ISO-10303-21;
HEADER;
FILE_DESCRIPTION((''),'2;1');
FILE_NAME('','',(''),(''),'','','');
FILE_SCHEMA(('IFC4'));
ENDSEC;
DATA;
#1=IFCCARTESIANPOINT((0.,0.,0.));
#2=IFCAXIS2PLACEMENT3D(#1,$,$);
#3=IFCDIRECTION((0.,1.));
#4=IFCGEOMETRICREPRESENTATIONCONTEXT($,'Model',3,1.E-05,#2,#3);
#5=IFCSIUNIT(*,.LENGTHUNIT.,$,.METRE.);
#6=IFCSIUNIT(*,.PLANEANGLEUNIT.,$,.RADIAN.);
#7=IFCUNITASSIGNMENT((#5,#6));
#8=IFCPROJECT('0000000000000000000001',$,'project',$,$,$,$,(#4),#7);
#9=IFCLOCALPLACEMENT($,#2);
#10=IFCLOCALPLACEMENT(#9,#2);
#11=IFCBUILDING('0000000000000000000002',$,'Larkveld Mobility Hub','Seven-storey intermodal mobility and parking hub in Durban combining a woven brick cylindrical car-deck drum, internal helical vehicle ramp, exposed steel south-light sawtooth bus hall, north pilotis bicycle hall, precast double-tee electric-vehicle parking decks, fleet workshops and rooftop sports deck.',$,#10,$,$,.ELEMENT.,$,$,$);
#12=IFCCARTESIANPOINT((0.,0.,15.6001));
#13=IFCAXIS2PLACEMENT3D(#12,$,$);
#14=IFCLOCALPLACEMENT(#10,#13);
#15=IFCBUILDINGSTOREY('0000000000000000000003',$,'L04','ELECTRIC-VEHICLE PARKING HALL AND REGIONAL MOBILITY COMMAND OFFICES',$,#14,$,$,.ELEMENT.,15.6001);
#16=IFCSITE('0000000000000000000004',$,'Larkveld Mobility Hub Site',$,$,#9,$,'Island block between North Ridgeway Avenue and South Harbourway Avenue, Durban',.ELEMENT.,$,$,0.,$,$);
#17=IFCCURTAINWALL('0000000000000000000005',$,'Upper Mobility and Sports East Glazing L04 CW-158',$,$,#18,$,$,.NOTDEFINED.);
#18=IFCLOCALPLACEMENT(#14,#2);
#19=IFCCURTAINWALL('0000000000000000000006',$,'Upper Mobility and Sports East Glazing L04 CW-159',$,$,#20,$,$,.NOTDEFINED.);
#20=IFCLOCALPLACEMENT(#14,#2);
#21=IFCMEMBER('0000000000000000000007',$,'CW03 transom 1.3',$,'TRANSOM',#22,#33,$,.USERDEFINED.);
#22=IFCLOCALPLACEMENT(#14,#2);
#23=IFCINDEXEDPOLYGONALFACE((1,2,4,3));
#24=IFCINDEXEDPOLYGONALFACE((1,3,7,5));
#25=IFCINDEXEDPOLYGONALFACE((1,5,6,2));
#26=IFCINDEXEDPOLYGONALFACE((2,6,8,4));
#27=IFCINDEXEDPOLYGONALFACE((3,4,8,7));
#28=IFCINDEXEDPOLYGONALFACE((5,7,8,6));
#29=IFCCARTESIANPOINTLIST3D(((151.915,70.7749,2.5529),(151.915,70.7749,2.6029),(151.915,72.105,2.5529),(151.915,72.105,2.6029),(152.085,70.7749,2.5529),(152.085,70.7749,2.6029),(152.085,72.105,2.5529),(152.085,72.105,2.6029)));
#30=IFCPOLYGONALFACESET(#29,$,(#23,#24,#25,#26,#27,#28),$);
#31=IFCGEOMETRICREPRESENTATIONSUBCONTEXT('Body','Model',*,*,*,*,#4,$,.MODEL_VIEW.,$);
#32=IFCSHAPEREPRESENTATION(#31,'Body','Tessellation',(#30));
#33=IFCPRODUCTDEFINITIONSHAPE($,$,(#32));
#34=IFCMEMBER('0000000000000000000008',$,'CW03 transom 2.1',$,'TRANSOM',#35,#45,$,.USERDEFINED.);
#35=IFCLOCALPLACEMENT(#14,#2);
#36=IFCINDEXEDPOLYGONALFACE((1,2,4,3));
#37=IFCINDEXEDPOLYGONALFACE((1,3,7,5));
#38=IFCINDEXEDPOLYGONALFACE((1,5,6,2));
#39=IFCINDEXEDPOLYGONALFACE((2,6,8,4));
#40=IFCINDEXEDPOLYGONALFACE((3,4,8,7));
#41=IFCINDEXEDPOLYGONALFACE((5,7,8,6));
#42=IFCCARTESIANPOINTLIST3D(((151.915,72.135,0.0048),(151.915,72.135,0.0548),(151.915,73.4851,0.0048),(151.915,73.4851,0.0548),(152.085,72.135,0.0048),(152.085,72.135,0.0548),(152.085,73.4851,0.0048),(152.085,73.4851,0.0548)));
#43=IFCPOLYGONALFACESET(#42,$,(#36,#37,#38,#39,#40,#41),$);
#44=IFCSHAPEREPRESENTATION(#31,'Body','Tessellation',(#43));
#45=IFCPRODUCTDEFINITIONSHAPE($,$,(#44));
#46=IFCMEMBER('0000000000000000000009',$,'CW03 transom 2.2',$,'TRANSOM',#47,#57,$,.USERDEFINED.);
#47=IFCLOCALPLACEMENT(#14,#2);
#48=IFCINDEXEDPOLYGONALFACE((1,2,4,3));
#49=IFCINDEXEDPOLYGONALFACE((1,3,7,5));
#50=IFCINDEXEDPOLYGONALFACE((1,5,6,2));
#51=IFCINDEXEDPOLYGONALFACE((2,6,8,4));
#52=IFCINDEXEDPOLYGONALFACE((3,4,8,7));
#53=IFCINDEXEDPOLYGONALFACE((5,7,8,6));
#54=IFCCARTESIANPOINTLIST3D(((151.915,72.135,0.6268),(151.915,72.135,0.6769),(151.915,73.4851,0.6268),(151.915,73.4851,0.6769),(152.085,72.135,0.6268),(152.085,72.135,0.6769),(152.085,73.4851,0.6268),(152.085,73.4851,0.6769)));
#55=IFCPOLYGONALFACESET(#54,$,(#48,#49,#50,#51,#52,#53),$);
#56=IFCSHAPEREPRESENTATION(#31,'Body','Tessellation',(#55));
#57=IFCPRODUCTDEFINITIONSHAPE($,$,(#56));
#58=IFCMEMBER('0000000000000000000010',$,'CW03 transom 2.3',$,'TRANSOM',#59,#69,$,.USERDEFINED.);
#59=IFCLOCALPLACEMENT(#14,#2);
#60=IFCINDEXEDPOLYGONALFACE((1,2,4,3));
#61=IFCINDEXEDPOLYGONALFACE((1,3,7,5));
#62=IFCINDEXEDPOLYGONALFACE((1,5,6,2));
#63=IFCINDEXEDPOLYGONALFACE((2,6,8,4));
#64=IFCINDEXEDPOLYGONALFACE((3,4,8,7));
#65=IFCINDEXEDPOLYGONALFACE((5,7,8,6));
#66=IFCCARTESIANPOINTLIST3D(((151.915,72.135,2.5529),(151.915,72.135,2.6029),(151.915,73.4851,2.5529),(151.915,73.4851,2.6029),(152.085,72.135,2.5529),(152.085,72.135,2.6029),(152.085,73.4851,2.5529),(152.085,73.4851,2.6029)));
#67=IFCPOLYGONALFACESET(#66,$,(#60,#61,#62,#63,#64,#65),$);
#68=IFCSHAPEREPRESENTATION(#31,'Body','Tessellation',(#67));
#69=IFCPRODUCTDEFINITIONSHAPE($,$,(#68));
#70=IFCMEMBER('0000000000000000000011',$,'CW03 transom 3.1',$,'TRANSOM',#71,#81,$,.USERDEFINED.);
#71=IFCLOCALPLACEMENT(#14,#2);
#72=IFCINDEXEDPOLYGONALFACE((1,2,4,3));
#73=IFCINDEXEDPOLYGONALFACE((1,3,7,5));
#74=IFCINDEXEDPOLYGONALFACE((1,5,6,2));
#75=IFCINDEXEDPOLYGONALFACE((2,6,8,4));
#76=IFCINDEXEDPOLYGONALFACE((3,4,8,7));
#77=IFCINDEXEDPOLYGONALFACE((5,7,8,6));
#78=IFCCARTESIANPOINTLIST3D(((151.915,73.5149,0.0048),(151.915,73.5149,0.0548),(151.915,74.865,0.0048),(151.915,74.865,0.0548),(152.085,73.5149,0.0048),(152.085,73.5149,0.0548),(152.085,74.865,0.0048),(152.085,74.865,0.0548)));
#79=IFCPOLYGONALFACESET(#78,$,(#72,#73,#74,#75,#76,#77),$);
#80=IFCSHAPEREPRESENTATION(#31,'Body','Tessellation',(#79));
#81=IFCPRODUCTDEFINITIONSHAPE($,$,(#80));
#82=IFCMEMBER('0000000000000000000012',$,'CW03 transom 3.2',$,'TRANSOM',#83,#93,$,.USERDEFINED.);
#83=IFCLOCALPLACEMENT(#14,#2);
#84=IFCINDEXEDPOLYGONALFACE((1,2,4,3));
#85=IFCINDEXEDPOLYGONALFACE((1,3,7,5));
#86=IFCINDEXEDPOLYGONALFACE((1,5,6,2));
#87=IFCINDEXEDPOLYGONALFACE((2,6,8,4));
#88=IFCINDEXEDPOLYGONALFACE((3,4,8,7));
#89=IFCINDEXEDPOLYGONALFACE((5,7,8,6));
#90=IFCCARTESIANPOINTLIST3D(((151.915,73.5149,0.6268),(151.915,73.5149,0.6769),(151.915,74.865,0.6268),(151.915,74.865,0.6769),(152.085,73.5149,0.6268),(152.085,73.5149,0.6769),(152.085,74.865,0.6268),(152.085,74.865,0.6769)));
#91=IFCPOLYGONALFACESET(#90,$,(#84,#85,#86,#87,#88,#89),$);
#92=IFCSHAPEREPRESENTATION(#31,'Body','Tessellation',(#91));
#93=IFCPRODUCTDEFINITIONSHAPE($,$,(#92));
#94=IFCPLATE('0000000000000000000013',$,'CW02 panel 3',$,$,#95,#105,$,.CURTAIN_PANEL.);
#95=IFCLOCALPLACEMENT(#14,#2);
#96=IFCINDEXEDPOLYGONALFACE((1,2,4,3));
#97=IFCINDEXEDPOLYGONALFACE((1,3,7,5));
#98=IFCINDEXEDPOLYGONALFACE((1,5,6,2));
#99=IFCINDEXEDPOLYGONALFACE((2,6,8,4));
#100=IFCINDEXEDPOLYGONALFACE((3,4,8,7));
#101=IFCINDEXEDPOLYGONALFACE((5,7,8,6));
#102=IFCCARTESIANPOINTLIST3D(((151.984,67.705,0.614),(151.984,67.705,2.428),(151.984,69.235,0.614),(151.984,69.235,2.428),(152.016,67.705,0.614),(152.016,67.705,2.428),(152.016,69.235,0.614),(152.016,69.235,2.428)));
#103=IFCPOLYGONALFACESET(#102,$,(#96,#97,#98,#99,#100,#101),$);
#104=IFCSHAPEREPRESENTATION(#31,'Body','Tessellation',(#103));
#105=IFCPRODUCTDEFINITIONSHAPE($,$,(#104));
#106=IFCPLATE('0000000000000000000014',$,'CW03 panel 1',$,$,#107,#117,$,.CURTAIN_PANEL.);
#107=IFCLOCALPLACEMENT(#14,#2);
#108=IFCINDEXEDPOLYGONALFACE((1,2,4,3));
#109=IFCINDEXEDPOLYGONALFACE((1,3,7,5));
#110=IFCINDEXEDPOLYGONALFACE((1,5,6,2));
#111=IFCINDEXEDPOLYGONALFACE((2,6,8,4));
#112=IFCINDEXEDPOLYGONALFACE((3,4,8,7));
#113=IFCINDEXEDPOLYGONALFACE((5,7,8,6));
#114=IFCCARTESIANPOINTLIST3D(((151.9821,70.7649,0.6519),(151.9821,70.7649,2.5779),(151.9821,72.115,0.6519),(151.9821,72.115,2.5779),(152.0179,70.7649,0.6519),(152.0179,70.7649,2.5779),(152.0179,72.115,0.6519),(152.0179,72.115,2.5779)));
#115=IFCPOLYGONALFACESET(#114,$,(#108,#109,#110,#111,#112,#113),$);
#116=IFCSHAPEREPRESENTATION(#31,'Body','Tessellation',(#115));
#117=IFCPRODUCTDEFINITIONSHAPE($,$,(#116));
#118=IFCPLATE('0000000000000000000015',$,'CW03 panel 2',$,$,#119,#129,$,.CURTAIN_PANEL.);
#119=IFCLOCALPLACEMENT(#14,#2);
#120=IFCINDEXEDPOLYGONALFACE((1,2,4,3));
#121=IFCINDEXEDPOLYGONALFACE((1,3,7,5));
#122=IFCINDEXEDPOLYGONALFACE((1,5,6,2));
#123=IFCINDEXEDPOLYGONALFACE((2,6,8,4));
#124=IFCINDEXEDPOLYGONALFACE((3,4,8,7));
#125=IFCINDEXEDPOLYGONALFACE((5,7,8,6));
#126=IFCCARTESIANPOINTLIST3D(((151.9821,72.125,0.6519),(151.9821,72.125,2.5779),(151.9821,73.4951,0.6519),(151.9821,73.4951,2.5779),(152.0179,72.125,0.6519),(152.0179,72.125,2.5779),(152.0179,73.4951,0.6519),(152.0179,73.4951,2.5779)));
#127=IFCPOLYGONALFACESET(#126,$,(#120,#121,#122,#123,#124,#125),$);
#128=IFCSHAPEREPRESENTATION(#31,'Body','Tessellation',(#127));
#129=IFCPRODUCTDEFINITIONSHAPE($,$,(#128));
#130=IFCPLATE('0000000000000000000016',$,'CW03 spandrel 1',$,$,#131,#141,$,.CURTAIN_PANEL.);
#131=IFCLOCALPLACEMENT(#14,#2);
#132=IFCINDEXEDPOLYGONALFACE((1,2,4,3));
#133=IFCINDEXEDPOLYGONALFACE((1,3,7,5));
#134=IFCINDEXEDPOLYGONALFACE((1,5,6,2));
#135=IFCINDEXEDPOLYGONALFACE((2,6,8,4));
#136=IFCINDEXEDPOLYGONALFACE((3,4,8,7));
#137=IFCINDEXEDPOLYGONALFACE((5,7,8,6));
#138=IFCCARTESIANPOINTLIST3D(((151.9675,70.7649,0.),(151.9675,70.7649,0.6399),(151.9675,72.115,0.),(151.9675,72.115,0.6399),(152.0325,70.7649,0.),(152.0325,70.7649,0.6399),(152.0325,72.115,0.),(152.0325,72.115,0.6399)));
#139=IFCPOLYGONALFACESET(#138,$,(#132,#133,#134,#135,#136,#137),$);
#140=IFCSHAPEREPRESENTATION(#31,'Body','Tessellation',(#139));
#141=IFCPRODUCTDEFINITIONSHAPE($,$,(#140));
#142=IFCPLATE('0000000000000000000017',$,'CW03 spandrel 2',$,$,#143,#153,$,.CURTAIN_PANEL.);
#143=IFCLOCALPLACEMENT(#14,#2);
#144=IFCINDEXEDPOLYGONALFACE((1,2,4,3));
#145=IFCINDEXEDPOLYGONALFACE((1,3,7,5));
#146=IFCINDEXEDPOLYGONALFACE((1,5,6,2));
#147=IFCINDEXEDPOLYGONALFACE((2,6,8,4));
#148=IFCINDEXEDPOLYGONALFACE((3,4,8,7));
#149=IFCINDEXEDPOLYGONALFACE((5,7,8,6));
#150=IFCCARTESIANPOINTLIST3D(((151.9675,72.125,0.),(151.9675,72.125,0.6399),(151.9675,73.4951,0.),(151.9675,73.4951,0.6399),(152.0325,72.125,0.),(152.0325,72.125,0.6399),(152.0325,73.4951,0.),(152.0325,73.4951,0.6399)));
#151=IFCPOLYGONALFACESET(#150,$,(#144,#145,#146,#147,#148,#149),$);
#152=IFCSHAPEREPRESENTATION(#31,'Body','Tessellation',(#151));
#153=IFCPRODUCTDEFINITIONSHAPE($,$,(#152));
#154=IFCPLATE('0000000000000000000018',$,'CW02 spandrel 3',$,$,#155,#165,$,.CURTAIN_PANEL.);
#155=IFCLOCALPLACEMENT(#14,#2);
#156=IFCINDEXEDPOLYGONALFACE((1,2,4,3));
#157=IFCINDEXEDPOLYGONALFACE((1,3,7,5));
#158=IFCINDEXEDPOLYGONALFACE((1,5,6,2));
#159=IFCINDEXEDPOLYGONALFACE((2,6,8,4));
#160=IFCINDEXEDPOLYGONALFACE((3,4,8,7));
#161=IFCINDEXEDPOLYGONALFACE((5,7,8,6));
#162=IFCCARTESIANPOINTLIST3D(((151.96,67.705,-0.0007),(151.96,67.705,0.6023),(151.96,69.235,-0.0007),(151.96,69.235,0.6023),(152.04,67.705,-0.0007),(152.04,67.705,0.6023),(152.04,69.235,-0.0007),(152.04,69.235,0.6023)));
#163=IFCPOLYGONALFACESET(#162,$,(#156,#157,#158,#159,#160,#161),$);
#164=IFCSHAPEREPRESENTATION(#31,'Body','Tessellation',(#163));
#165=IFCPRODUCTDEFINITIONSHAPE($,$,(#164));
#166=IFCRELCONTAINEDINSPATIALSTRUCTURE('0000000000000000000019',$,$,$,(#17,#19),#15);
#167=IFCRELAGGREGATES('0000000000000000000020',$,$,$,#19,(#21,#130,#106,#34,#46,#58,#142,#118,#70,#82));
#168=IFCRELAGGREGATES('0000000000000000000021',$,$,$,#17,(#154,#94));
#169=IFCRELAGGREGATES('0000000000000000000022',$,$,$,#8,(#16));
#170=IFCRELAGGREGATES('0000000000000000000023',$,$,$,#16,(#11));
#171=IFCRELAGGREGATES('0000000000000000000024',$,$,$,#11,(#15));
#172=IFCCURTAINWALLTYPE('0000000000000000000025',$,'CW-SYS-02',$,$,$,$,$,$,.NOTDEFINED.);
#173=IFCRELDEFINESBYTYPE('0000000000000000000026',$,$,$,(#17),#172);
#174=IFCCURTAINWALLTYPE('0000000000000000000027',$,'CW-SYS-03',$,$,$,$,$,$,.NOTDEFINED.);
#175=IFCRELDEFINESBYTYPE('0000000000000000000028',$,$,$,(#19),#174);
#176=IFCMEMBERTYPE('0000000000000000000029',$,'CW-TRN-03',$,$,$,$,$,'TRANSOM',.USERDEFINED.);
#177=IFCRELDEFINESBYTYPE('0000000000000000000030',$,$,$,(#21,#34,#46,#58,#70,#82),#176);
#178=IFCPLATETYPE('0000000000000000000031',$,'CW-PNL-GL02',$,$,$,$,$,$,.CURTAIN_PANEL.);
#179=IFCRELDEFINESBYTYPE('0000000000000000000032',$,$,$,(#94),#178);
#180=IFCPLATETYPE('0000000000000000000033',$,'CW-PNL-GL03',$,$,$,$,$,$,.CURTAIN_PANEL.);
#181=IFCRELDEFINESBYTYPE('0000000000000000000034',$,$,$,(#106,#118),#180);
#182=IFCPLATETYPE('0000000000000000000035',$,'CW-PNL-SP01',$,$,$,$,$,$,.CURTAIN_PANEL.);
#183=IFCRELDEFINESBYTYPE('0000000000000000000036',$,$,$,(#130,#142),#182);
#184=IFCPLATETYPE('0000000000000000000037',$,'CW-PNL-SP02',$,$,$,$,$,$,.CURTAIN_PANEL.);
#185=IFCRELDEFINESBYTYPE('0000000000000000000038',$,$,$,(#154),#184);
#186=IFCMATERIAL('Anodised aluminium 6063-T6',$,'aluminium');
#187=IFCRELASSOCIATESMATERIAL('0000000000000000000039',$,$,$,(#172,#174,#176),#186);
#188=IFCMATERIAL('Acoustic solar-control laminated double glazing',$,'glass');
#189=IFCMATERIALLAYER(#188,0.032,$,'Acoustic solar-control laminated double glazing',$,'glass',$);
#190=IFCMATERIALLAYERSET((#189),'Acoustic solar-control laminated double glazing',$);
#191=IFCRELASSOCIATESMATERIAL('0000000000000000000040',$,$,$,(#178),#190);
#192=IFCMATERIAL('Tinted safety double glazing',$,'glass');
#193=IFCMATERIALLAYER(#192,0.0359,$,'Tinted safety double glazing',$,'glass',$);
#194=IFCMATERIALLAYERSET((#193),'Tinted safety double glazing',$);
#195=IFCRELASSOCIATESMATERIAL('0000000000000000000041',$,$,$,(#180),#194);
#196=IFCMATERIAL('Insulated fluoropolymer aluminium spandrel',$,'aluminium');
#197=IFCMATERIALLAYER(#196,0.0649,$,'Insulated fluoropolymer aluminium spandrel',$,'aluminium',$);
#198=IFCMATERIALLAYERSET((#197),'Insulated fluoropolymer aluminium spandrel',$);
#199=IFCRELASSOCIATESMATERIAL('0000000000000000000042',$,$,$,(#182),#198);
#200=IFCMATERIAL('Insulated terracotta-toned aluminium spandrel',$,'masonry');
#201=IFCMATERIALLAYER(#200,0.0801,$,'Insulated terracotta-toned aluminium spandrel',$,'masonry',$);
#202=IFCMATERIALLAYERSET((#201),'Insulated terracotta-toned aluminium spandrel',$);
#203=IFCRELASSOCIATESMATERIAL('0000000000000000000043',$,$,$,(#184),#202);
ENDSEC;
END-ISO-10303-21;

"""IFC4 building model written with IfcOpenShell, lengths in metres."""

from ifc_helpers import new_model, si_unit, direction, frame, origin, origin_2d, place, context, subcontext, project, spatial, rectangle, extrude, material, layer, layer_set, material_profile, profile_set, type_object, element, aggregate, save


model = new_model("IFC4")

# Units and contexts
model_context = context("Model", 3, precision=1e-05, world=origin(), true_north=direction((0.0, 1.0)))
body_context = subcontext(model_context, "Body", "Model", "MODEL_VIEW")
ifc_project = project(units=[si_unit("LENGTHUNIT", "METRE"), si_unit("PLANEANGLEUNIT", "RADIAN")], contexts=[model_context])

# Site, building, storey
site_placement = place(None, origin())
site = spatial("IfcSite", under=ifc_project, at=site_placement, Name="Larkveld Mobility Hub Site", LongName="Island block between North Ridgeway Avenue and South Harbourway Avenue, Durban", CompositionType="ELEMENT", RefElevation=0.0)
building_placement = place(site_placement, origin())
building = spatial("IfcBuilding", under=site, at=building_placement, Name="Larkveld Mobility Hub", Description="Seven-storey intermodal mobility and parking hub in Durban combining a woven brick cylindrical car-deck drum, internal helical vehicle ramp, exposed steel south-light sawtooth bus hall, north pilotis bicycle hall, precast double-tee electric-vehicle parking decks, fleet workshops and rooftop sports deck.", CompositionType="ELEMENT")
storey_placement = place(building_placement, frame((0.0, 0.0, 15.6001)))
storey = spatial("IfcBuildingStorey", under=building, at=storey_placement, Name="L04", Description="ELECTRIC-VEHICLE PARKING HALL AND REGIONAL MOBILITY COMMAND OFFICES", CompositionType="ELEMENT", Elevation=15.6001)

# Curtain wall
ifc_material_1 = material(Name="Anodised aluminium 6063-T6", Category="aluminium")
curtain_wall_type_1 = type_object("IfcCurtainWallType", Name="CW-SYS-02", PredefinedType="NOTDEFINED", material=ifc_material_1)
curtain_wall_1_placement = place(storey_placement, origin())
curtain_wall_1 = element("IfcCurtainWall", 1, at=curtain_wall_1_placement, inside=storey, type_object=curtain_wall_type_1, Name="Upper Mobility and Sports East Glazing L04 CW-158", PredefinedType="NOTDEFINED")

# Curtain wall
curtain_wall_type_2 = type_object("IfcCurtainWallType", Name="CW-SYS-03", PredefinedType="NOTDEFINED", material=ifc_material_1)
curtain_wall_2_placement = place(storey_placement, origin())
curtain_wall_2 = element("IfcCurtainWall", 2, at=curtain_wall_2_placement, inside=storey, type_object=curtain_wall_type_2, Name="Upper Mobility and Sports East Glazing L04 CW-159", PredefinedType="NOTDEFINED")

# Members
ifc_material_profile_1 = material_profile(ifc_material_1, rectangle(XDim=0.1699, YDim=0.05, at=origin_2d()), Name="ALU TRAN 50x170")
ifc_profile_set_1 = profile_set([ifc_material_profile_1], Name="Anodised aluminium 6063-T6")
member_type_1 = type_object("IfcMemberType", Name="CW-TRN-03", ElementType="TRANSOM", PredefinedType="USERDEFINED", material=ifc_profile_set_1)
member_1_placement = place(storey_placement, frame((152.0, 70.7749, 2.5779), z_axis=(0.0, 1.0, 0.0), x_axis=(-1.0, 0.0, 0.0)))
member_1 = element("IfcMember", 3, at=member_1_placement, type_object=member_type_1, Name="CW03 transom 1.3", ObjectType="TRANSOM", PredefinedType="USERDEFINED", context=body_context, shape_type="SweptSolid", body=[
    extrude(rectangle(XDim=0.1699, YDim=0.05, at=origin_2d()), origin(), (0.0, 0.0, 1.0), 1.3301),
])
member_2_placement = place(storey_placement, frame((152.0, 72.135, 0.0298), z_axis=(0.0, 1.0, 0.0), x_axis=(-1.0, 0.0, 0.0)))
member_2 = element("IfcMember", 4, at=member_2_placement, type_object=member_type_1, Name="CW03 transom 2.1", ObjectType="TRANSOM", PredefinedType="USERDEFINED", context=body_context, shape_type="SweptSolid", body=[
    extrude(rectangle(XDim=0.1699, YDim=0.05, at=origin_2d()), origin(), (0.0, 0.0, 1.0), 1.3501),
])
member_3_placement = place(storey_placement, frame((152.0, 72.135, 0.6519), z_axis=(0.0, 1.0, 0.0), x_axis=(-1.0, 0.0, 0.0)))
member_3 = element("IfcMember", 5, at=member_3_placement, type_object=member_type_1, Name="CW03 transom 2.2", ObjectType="TRANSOM", PredefinedType="USERDEFINED", context=body_context, shape_type="SweptSolid", body=[
    extrude(rectangle(XDim=0.1699, YDim=0.05, at=origin_2d()), origin(), (0.0, 0.0, 1.0), 1.3501),
])
member_4_placement = place(storey_placement, frame((152.0, 72.135, 2.5779), z_axis=(0.0, 1.0, 0.0), x_axis=(-1.0, 0.0, 0.0)))
member_4 = element("IfcMember", 6, at=member_4_placement, type_object=member_type_1, Name="CW03 transom 2.3", ObjectType="TRANSOM", PredefinedType="USERDEFINED", context=body_context, shape_type="SweptSolid", body=[
    extrude(rectangle(XDim=0.1699, YDim=0.05, at=origin_2d()), origin(), (0.0, 0.0, 1.0), 1.3501),
])
member_5_placement = place(storey_placement, frame((152.0, 73.5149, 0.0298), z_axis=(0.0, 1.0, 0.0), x_axis=(-1.0, 0.0, 0.0)))
member_5 = element("IfcMember", 7, at=member_5_placement, type_object=member_type_1, Name="CW03 transom 3.1", ObjectType="TRANSOM", PredefinedType="USERDEFINED", context=body_context, shape_type="SweptSolid", body=[
    extrude(rectangle(XDim=0.1699, YDim=0.05, at=origin_2d()), origin(), (0.0, 0.0, 1.0), 1.3501),
])
member_6_placement = place(storey_placement, frame((152.0, 73.5149, 0.6519), z_axis=(0.0, 1.0, 0.0), x_axis=(-1.0, 0.0, 0.0)))
member_6 = element("IfcMember", 8, at=member_6_placement, type_object=member_type_1, Name="CW03 transom 3.2", ObjectType="TRANSOM", PredefinedType="USERDEFINED", context=body_context, shape_type="SweptSolid", body=[
    extrude(rectangle(XDim=0.1699, YDim=0.05, at=origin_2d()), origin(), (0.0, 0.0, 1.0), 1.3501),
])

# Plates
ifc_material_2 = material(Name="Acoustic solar-control laminated double glazing", Category="glass")
ifc_layer_1 = layer(ifc_material_2, 0.032, Name="Acoustic solar-control laminated double glazing", Category="glass")
ifc_layer_set_1 = layer_set([ifc_layer_1], Name="Acoustic solar-control laminated double glazing")
plate_type_1 = type_object("IfcPlateType", Name="CW-PNL-GL02", PredefinedType="CURTAIN_PANEL", material=ifc_layer_set_1)
plate_1_placement = place(storey_placement, frame((152.0, 68.47, 0.614), z_axis=(0.0, 0.0, 1.0), x_axis=(0.0, 1.0, 0.0)))
plate_1 = element("IfcPlate", 9, at=plate_1_placement, type_object=plate_type_1, Name="CW02 panel 3", PredefinedType="CURTAIN_PANEL", context=body_context, shape_type="SweptSolid", body=[
    extrude(rectangle(XDim=1.53, YDim=0.032, at=origin_2d()), origin(), (0.0, 0.0, 1.0), 1.814),
])
ifc_material_3 = material(Name="Tinted safety double glazing", Category="glass")
ifc_layer_2 = layer(ifc_material_3, 0.0359, Name="Tinted safety double glazing", Category="glass")
ifc_layer_set_2 = layer_set([ifc_layer_2], Name="Tinted safety double glazing")
plate_type_2 = type_object("IfcPlateType", Name="CW-PNL-GL03", PredefinedType="CURTAIN_PANEL", material=ifc_layer_set_2)
plate_2_placement = place(storey_placement, frame((152.0, 71.4399, 0.6519), z_axis=(0.0, 0.0, 1.0), x_axis=(0.0, 1.0, 0.0)))
plate_2 = element("IfcPlate", 10, at=plate_2_placement, type_object=plate_type_2, Name="CW03 panel 1", PredefinedType="CURTAIN_PANEL", context=body_context, shape_type="SweptSolid", body=[
    extrude(rectangle(XDim=1.3501, YDim=0.0359, at=origin_2d()), origin(), (0.0, 0.0, 1.0), 1.926),
])
plate_3_placement = place(storey_placement, frame((152.0, 72.8101, 0.6519), z_axis=(0.0, 0.0, 1.0), x_axis=(0.0, 1.0, 0.0)))
plate_3 = element("IfcPlate", 11, at=plate_3_placement, type_object=plate_type_2, Name="CW03 panel 2", PredefinedType="CURTAIN_PANEL", context=body_context, shape_type="SweptSolid", body=[
    extrude(rectangle(XDim=1.3701, YDim=0.0359, at=origin_2d()), origin(), (0.0, 0.0, 1.0), 1.926),
])
ifc_material_4 = material(Name="Insulated fluoropolymer aluminium spandrel", Category="aluminium")
ifc_layer_3 = layer(ifc_material_4, 0.0649, Name="Insulated fluoropolymer aluminium spandrel", Category="aluminium")
ifc_layer_set_3 = layer_set([ifc_layer_3], Name="Insulated fluoropolymer aluminium spandrel")
plate_type_3 = type_object("IfcPlateType", Name="CW-PNL-SP01", PredefinedType="CURTAIN_PANEL", material=ifc_layer_set_3)
plate_4_placement = place(storey_placement, frame((152.0, 71.4399, 0.0), z_axis=(0.0, 0.0, 1.0), x_axis=(0.0, 1.0, 0.0)))
plate_4 = element("IfcPlate", 12, at=plate_4_placement, type_object=plate_type_3, Name="CW03 spandrel 1", PredefinedType="CURTAIN_PANEL", context=body_context, shape_type="SweptSolid", body=[
    extrude(rectangle(XDim=1.3501, YDim=0.0649, at=origin_2d()), origin(), (0.0, 0.0, 1.0), 0.6399),
])
plate_5_placement = place(storey_placement, frame((152.0, 72.8101, 0.0), z_axis=(0.0, 0.0, 1.0), x_axis=(0.0, 1.0, 0.0)))
plate_5 = element("IfcPlate", 13, at=plate_5_placement, type_object=plate_type_3, Name="CW03 spandrel 2", PredefinedType="CURTAIN_PANEL", context=body_context, shape_type="SweptSolid", body=[
    extrude(rectangle(XDim=1.3701, YDim=0.0649, at=origin_2d()), origin(), (0.0, 0.0, 1.0), 0.6399),
])
aggregate(curtain_wall_2, [member_1, plate_4, plate_2, member_2, member_3, member_4, plate_5, plate_3, member_5, member_6])
ifc_material_5 = material(Name="Insulated terracotta-toned aluminium spandrel", Category="masonry")
ifc_layer_4 = layer(ifc_material_5, 0.0801, Name="Insulated terracotta-toned aluminium spandrel", Category="masonry")
ifc_layer_set_4 = layer_set([ifc_layer_4], Name="Insulated terracotta-toned aluminium spandrel")
plate_type_4 = type_object("IfcPlateType", Name="CW-PNL-SP02", PredefinedType="CURTAIN_PANEL", material=ifc_layer_set_4)
plate_6_placement = place(storey_placement, frame((152.0, 68.47, -0.0007), z_axis=(0.0, 0.0, 1.0), x_axis=(0.0, 1.0, 0.0)))
plate_6 = element("IfcPlate", 14, at=plate_6_placement, type_object=plate_type_4, Name="CW02 spandrel 3", PredefinedType="CURTAIN_PANEL", context=body_context, shape_type="SweptSolid", body=[
    extrude(rectangle(XDim=1.53, YDim=0.0801, at=origin_2d()), origin(), (0.0, 0.0, 1.0), 0.603),
])
aggregate(curtain_wall_1, [plate_6, plate_1])

save(model, "model.ifc")
